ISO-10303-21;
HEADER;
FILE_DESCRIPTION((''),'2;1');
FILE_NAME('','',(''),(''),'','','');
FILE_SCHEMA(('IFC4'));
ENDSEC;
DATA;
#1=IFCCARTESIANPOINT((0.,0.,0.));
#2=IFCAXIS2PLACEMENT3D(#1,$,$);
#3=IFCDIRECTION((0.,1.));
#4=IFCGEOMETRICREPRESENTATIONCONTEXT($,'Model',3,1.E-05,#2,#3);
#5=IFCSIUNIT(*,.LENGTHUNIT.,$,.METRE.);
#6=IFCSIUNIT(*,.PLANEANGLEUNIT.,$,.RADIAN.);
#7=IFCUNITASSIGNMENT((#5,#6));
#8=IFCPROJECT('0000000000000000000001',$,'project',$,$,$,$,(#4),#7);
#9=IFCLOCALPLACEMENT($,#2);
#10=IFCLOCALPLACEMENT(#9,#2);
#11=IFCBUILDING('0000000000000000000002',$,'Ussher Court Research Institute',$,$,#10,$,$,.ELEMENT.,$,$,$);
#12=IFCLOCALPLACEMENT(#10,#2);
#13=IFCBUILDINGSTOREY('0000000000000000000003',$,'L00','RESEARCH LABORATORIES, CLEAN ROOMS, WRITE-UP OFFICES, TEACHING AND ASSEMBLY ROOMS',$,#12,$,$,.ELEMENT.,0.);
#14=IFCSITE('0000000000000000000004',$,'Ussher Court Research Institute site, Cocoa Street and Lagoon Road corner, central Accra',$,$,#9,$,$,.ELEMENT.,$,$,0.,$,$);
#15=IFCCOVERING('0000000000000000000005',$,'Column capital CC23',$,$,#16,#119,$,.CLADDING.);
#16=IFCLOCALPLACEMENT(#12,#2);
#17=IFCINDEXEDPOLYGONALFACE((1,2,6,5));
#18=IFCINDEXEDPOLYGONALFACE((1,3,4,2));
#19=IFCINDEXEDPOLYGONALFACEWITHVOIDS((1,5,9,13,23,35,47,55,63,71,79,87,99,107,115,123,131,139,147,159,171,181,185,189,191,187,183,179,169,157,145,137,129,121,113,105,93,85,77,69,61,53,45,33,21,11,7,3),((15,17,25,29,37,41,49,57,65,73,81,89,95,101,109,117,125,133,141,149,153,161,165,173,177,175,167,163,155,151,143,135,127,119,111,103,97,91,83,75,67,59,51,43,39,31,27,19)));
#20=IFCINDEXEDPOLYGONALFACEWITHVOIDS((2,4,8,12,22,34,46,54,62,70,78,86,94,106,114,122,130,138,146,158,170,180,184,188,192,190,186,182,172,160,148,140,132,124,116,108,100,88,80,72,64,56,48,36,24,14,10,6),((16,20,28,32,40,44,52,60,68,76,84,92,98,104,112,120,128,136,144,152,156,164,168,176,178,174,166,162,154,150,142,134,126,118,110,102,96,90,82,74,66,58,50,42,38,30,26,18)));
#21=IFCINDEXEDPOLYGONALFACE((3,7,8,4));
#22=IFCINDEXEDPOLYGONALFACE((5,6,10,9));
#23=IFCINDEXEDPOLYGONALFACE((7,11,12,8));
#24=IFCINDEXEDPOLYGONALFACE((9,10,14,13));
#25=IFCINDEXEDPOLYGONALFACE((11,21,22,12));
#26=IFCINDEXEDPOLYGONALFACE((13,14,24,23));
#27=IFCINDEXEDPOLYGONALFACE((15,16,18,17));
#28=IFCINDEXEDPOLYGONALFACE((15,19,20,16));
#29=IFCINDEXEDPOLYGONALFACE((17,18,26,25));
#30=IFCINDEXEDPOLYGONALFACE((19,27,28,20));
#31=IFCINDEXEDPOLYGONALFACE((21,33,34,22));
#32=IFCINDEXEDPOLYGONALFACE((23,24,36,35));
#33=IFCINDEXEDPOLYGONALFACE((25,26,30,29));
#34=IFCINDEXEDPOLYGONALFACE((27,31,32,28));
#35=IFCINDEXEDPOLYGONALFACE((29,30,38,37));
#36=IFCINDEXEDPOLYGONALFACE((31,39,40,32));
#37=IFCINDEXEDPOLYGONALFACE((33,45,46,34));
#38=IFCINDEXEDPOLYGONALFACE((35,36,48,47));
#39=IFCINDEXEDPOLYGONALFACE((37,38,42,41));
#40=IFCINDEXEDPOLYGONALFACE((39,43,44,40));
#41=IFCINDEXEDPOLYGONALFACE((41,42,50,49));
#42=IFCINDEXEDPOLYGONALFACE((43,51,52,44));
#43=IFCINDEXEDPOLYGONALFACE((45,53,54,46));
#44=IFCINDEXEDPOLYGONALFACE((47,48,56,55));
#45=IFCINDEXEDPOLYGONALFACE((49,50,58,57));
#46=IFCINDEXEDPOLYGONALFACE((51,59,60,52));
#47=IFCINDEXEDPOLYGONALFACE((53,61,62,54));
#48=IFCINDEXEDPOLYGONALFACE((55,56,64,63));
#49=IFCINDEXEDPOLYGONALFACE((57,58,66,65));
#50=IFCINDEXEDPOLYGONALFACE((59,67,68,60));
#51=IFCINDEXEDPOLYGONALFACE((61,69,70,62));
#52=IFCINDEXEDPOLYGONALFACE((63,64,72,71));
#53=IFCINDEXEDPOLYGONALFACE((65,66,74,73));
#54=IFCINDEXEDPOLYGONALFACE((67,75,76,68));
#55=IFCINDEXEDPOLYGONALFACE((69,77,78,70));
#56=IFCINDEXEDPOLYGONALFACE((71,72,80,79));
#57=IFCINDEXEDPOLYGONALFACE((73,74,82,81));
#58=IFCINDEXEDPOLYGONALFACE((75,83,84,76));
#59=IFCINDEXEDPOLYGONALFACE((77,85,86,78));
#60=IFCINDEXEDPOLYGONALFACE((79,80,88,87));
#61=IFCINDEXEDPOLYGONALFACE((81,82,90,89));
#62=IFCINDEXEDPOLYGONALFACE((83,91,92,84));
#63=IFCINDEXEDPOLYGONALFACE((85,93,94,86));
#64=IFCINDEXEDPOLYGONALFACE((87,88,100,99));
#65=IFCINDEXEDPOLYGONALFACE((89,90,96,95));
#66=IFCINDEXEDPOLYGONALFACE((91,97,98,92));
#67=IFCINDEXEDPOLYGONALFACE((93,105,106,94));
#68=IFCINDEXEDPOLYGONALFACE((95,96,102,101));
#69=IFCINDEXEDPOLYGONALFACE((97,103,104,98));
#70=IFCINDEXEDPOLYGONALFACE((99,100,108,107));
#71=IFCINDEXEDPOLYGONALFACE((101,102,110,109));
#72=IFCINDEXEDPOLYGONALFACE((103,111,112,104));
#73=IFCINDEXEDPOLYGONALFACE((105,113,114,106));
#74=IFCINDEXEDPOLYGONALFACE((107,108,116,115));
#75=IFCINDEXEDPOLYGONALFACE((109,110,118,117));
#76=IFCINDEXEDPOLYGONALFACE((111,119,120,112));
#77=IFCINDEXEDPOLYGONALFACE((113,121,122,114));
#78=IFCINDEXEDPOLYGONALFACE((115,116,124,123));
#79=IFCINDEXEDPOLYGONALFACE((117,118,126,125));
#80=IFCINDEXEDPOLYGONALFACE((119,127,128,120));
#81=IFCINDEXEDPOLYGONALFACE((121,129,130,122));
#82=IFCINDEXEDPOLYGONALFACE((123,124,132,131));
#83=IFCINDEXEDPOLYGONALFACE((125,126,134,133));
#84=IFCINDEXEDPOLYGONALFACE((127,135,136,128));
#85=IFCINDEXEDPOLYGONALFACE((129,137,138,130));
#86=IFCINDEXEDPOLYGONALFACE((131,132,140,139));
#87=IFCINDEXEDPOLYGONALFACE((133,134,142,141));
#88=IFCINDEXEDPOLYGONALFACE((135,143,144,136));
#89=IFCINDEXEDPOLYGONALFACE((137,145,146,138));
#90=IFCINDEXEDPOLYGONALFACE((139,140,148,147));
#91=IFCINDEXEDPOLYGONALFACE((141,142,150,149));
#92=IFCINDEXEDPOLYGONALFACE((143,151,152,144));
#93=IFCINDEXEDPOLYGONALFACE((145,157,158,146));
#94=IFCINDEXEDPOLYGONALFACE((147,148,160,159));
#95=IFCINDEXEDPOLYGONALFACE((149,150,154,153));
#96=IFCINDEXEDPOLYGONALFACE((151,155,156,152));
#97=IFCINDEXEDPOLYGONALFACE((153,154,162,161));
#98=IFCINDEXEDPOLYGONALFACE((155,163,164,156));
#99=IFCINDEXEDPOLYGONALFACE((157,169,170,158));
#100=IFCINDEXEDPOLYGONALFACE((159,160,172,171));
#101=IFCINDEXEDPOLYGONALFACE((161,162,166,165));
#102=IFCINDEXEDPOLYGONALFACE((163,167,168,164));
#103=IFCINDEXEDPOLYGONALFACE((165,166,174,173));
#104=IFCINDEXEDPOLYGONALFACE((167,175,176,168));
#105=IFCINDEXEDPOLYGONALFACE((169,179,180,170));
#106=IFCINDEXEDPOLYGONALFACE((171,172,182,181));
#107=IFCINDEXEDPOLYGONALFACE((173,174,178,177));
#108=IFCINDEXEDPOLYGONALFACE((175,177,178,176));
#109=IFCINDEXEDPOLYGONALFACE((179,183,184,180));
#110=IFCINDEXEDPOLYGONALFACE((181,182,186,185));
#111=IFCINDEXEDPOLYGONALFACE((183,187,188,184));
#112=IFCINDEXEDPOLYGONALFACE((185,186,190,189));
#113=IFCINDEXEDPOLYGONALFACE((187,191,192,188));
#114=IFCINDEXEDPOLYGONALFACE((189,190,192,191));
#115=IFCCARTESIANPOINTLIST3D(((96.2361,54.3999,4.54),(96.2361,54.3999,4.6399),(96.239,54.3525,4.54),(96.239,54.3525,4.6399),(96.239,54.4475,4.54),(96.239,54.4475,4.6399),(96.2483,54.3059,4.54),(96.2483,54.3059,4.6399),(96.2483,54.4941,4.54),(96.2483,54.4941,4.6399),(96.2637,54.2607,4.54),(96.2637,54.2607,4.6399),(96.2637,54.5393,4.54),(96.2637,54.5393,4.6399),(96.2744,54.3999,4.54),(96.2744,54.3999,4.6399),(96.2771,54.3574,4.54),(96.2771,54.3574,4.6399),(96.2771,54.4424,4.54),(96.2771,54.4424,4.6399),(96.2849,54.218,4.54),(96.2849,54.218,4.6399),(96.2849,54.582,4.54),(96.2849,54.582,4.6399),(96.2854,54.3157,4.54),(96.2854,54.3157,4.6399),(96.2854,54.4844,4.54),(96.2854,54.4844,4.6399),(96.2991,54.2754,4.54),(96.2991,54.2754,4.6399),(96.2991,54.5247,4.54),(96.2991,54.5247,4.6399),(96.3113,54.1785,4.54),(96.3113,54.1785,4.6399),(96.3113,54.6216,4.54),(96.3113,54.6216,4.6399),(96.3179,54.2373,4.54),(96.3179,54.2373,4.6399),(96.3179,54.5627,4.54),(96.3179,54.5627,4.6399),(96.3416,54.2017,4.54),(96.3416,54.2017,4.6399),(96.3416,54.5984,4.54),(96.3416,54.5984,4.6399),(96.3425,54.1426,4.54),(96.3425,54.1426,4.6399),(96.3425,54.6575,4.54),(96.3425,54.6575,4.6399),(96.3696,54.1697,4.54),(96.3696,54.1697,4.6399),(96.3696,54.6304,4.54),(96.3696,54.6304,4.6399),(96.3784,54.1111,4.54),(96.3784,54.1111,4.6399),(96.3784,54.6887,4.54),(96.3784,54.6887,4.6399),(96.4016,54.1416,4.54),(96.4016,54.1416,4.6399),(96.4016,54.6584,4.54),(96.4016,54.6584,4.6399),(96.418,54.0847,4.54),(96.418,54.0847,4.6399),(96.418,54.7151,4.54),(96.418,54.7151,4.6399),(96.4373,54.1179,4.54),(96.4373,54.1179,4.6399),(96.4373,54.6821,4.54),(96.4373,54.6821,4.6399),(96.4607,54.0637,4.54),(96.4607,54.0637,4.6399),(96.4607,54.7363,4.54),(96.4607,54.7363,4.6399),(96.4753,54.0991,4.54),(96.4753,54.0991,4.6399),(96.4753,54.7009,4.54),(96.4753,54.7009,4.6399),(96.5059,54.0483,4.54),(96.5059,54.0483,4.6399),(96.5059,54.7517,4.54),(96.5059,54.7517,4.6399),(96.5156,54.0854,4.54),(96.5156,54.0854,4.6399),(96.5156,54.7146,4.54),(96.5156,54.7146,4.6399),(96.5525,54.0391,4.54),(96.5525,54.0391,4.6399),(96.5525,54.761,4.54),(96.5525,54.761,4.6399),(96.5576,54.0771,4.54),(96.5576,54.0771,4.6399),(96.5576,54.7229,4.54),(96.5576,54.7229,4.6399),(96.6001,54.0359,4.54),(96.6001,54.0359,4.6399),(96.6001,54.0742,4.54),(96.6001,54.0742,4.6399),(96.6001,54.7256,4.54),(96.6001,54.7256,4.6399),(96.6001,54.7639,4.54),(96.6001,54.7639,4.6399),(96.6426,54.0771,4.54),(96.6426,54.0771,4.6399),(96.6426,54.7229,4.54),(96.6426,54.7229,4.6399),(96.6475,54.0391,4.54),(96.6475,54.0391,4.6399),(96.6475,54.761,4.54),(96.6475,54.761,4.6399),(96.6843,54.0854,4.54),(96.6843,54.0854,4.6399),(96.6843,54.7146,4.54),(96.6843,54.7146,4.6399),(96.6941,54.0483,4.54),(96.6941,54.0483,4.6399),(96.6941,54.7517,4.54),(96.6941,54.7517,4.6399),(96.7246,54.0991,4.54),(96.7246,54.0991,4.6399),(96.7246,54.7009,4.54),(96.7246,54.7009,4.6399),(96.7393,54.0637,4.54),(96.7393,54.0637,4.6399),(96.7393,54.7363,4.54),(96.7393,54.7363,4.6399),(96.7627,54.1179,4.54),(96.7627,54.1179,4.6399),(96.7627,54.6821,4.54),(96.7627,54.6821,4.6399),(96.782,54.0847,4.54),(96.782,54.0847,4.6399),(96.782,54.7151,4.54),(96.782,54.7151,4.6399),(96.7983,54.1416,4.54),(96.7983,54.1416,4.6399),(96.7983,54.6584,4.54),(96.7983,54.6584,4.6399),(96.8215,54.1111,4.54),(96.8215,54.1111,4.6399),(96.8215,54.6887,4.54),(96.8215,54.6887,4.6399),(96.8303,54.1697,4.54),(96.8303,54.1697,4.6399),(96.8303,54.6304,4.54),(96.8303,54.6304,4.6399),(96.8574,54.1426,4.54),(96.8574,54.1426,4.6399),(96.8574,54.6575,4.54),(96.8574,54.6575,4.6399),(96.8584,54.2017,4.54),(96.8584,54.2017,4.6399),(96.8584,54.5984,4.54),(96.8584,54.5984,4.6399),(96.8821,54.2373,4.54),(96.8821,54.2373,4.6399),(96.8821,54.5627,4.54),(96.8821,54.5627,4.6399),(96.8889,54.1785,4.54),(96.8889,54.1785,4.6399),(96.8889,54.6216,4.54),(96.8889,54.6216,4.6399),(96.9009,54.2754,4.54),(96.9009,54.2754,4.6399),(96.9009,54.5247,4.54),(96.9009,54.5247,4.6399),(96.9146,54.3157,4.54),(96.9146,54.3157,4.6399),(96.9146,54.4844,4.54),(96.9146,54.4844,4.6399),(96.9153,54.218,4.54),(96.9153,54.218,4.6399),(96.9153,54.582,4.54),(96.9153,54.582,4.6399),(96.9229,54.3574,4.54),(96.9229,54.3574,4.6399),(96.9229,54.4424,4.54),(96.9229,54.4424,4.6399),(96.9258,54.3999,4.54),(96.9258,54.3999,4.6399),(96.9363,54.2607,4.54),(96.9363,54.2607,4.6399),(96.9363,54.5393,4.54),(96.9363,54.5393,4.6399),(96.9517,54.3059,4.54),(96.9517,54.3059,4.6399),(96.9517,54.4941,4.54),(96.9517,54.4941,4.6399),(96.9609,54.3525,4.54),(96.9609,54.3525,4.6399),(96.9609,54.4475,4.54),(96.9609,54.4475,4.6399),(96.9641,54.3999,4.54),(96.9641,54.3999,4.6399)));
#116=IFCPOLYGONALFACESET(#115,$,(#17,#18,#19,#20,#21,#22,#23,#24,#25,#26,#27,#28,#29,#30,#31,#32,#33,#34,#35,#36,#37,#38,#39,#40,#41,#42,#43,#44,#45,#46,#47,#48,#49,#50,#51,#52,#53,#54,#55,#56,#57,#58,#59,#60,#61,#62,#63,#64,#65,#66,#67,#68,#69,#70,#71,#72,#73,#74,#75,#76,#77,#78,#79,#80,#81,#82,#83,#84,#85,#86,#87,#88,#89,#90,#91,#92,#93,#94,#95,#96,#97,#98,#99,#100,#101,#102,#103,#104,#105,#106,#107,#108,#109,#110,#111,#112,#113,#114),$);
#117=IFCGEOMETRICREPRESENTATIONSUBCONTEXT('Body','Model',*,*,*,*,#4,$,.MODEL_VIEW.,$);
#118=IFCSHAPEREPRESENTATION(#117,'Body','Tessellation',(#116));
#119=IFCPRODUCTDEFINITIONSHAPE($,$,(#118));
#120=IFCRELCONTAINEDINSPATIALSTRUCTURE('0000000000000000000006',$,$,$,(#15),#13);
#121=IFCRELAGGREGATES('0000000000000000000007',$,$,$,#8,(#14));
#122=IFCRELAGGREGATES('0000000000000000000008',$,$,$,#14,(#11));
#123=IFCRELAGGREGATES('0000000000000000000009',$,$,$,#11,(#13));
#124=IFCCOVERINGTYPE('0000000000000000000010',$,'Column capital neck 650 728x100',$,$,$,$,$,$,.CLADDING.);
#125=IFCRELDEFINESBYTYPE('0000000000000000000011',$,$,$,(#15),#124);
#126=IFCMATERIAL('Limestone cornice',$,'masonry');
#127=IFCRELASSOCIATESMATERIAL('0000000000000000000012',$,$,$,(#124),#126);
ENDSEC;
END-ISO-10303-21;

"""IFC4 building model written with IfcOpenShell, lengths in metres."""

from ifc_helpers import new_model, si_unit, direction, frame, origin, place, context, subcontext, project, spatial, polyline, outline, extrude, material, type_object, element, save


model = new_model("IFC4")

# Units and contexts
model_context = context("Model", 3, precision=1e-05, world=origin(), true_north=direction((0.0, 1.0)))
body_context = subcontext(model_context, "Body", "Model", "MODEL_VIEW")
ifc_project = project(units=[si_unit("LENGTHUNIT", "METRE"), si_unit("PLANEANGLEUNIT", "RADIAN")], contexts=[model_context])

# Site, building, storey
site_placement = place(None, origin())
site = spatial("IfcSite", under=ifc_project, at=site_placement, Name="Ussher Court Research Institute site, Cocoa Street and Lagoon Road corner, central Accra", CompositionType="ELEMENT", RefElevation=0.0)
building_placement = place(site_placement, origin())
building = spatial("IfcBuilding", under=site, at=building_placement, Name="Ussher Court Research Institute", CompositionType="ELEMENT")
storey_placement = place(building_placement, origin())
storey = spatial("IfcBuildingStorey", under=building, at=storey_placement, Name="L00", Description="RESEARCH LABORATORIES, CLEAN ROOMS, WRITE-UP OFFICES, TEACHING AND ASSEMBLY ROOMS", CompositionType="ELEMENT", Elevation=0.0)

# Covering
ifc_material_1 = material(Name="Limestone cornice", Category="masonry")
covering_type_1 = type_object("IfcCoveringType", Name="Column capital neck 650 728x100", PredefinedType="CLADDING", material=ifc_material_1)
covering_1_placement = place(storey_placement, frame((0.0, 0.0, 4.54)))
element("IfcCovering", 1, at=covering_1_placement, inside=storey, type_object=covering_type_1, Name="Column capital CC23", PredefinedType="CLADDING", context=body_context, shape_type="SweptSolid", body=[
    extrude(outline(polyline([(96.9641, 54.3999), (96.9609, 54.4475), (96.9517, 54.4941), (96.9363, 54.5393), (96.9153, 54.582), (96.8889, 54.6216), (96.8574, 54.6575), (96.8215, 54.6887), (96.782, 54.7151), (96.7393, 54.7363), (96.6941, 54.7517), (96.6475, 54.761), (96.6001, 54.7639), (96.5525, 54.761), (96.5059, 54.7517), (96.4607, 54.7363), (96.418, 54.7151), (96.3784, 54.6887), (96.3425, 54.6575), (96.3113, 54.6216), (96.2849, 54.582), (96.2637, 54.5393), (96.2483, 54.4941), (96.239, 54.4475), (96.2361, 54.3999), (96.239, 54.3525), (96.2483, 54.3059), (96.2637, 54.2607), (96.2849, 54.218), (96.3113, 54.1785), (96.3425, 54.1426), (96.3784, 54.1111), (96.418, 54.0847), (96.4607, 54.0637), (96.5059, 54.0483), (96.5525, 54.0391), (96.6001, 54.0359), (96.6475, 54.0391), (96.6941, 54.0483), (96.7393, 54.0637), (96.782, 54.0847), (96.8215, 54.1111), (96.8574, 54.1426), (96.8889, 54.1785), (96.9153, 54.218), (96.9363, 54.2607), (96.9517, 54.3059), (96.9609, 54.3525), (96.9641, 54.3999)]), holes=[polyline([(96.9258, 54.3999), (96.9229, 54.4424), (96.9146, 54.4844), (96.9009, 54.5247), (96.8821, 54.5627), (96.8584, 54.5984), (96.8303, 54.6304), (96.7983, 54.6584), (96.7627, 54.6821), (96.7246, 54.7009), (96.6843, 54.7146), (96.6426, 54.7229), (96.6001, 54.7256), (96.5576, 54.7229), (96.5156, 54.7146), (96.4753, 54.7009), (96.4373, 54.6821), (96.4016, 54.6584), (96.3696, 54.6304), (96.3416, 54.5984), (96.3179, 54.5627), (96.2991, 54.5247), (96.2854, 54.4844), (96.2771, 54.4424), (96.2744, 54.3999), (96.2771, 54.3574), (96.2854, 54.3157), (96.2991, 54.2754), (96.3179, 54.2373), (96.3416, 54.2017), (96.3696, 54.1697), (96.4016, 54.1416), (96.4373, 54.1179), (96.4753, 54.0991), (96.5156, 54.0854), (96.5576, 54.0771), (96.6001, 54.0742), (96.6426, 54.0771), (96.6843, 54.0854), (96.7246, 54.0991), (96.7627, 54.1179), (96.7983, 54.1416), (96.8303, 54.1697), (96.8584, 54.2017), (96.8821, 54.2373), (96.9009, 54.2754), (96.9146, 54.3157), (96.9229, 54.3574), (96.9258, 54.3999)])]), origin(), (0.0, 0.0, 1.0), 0.0999),
])

save(model, "model.ifc")
